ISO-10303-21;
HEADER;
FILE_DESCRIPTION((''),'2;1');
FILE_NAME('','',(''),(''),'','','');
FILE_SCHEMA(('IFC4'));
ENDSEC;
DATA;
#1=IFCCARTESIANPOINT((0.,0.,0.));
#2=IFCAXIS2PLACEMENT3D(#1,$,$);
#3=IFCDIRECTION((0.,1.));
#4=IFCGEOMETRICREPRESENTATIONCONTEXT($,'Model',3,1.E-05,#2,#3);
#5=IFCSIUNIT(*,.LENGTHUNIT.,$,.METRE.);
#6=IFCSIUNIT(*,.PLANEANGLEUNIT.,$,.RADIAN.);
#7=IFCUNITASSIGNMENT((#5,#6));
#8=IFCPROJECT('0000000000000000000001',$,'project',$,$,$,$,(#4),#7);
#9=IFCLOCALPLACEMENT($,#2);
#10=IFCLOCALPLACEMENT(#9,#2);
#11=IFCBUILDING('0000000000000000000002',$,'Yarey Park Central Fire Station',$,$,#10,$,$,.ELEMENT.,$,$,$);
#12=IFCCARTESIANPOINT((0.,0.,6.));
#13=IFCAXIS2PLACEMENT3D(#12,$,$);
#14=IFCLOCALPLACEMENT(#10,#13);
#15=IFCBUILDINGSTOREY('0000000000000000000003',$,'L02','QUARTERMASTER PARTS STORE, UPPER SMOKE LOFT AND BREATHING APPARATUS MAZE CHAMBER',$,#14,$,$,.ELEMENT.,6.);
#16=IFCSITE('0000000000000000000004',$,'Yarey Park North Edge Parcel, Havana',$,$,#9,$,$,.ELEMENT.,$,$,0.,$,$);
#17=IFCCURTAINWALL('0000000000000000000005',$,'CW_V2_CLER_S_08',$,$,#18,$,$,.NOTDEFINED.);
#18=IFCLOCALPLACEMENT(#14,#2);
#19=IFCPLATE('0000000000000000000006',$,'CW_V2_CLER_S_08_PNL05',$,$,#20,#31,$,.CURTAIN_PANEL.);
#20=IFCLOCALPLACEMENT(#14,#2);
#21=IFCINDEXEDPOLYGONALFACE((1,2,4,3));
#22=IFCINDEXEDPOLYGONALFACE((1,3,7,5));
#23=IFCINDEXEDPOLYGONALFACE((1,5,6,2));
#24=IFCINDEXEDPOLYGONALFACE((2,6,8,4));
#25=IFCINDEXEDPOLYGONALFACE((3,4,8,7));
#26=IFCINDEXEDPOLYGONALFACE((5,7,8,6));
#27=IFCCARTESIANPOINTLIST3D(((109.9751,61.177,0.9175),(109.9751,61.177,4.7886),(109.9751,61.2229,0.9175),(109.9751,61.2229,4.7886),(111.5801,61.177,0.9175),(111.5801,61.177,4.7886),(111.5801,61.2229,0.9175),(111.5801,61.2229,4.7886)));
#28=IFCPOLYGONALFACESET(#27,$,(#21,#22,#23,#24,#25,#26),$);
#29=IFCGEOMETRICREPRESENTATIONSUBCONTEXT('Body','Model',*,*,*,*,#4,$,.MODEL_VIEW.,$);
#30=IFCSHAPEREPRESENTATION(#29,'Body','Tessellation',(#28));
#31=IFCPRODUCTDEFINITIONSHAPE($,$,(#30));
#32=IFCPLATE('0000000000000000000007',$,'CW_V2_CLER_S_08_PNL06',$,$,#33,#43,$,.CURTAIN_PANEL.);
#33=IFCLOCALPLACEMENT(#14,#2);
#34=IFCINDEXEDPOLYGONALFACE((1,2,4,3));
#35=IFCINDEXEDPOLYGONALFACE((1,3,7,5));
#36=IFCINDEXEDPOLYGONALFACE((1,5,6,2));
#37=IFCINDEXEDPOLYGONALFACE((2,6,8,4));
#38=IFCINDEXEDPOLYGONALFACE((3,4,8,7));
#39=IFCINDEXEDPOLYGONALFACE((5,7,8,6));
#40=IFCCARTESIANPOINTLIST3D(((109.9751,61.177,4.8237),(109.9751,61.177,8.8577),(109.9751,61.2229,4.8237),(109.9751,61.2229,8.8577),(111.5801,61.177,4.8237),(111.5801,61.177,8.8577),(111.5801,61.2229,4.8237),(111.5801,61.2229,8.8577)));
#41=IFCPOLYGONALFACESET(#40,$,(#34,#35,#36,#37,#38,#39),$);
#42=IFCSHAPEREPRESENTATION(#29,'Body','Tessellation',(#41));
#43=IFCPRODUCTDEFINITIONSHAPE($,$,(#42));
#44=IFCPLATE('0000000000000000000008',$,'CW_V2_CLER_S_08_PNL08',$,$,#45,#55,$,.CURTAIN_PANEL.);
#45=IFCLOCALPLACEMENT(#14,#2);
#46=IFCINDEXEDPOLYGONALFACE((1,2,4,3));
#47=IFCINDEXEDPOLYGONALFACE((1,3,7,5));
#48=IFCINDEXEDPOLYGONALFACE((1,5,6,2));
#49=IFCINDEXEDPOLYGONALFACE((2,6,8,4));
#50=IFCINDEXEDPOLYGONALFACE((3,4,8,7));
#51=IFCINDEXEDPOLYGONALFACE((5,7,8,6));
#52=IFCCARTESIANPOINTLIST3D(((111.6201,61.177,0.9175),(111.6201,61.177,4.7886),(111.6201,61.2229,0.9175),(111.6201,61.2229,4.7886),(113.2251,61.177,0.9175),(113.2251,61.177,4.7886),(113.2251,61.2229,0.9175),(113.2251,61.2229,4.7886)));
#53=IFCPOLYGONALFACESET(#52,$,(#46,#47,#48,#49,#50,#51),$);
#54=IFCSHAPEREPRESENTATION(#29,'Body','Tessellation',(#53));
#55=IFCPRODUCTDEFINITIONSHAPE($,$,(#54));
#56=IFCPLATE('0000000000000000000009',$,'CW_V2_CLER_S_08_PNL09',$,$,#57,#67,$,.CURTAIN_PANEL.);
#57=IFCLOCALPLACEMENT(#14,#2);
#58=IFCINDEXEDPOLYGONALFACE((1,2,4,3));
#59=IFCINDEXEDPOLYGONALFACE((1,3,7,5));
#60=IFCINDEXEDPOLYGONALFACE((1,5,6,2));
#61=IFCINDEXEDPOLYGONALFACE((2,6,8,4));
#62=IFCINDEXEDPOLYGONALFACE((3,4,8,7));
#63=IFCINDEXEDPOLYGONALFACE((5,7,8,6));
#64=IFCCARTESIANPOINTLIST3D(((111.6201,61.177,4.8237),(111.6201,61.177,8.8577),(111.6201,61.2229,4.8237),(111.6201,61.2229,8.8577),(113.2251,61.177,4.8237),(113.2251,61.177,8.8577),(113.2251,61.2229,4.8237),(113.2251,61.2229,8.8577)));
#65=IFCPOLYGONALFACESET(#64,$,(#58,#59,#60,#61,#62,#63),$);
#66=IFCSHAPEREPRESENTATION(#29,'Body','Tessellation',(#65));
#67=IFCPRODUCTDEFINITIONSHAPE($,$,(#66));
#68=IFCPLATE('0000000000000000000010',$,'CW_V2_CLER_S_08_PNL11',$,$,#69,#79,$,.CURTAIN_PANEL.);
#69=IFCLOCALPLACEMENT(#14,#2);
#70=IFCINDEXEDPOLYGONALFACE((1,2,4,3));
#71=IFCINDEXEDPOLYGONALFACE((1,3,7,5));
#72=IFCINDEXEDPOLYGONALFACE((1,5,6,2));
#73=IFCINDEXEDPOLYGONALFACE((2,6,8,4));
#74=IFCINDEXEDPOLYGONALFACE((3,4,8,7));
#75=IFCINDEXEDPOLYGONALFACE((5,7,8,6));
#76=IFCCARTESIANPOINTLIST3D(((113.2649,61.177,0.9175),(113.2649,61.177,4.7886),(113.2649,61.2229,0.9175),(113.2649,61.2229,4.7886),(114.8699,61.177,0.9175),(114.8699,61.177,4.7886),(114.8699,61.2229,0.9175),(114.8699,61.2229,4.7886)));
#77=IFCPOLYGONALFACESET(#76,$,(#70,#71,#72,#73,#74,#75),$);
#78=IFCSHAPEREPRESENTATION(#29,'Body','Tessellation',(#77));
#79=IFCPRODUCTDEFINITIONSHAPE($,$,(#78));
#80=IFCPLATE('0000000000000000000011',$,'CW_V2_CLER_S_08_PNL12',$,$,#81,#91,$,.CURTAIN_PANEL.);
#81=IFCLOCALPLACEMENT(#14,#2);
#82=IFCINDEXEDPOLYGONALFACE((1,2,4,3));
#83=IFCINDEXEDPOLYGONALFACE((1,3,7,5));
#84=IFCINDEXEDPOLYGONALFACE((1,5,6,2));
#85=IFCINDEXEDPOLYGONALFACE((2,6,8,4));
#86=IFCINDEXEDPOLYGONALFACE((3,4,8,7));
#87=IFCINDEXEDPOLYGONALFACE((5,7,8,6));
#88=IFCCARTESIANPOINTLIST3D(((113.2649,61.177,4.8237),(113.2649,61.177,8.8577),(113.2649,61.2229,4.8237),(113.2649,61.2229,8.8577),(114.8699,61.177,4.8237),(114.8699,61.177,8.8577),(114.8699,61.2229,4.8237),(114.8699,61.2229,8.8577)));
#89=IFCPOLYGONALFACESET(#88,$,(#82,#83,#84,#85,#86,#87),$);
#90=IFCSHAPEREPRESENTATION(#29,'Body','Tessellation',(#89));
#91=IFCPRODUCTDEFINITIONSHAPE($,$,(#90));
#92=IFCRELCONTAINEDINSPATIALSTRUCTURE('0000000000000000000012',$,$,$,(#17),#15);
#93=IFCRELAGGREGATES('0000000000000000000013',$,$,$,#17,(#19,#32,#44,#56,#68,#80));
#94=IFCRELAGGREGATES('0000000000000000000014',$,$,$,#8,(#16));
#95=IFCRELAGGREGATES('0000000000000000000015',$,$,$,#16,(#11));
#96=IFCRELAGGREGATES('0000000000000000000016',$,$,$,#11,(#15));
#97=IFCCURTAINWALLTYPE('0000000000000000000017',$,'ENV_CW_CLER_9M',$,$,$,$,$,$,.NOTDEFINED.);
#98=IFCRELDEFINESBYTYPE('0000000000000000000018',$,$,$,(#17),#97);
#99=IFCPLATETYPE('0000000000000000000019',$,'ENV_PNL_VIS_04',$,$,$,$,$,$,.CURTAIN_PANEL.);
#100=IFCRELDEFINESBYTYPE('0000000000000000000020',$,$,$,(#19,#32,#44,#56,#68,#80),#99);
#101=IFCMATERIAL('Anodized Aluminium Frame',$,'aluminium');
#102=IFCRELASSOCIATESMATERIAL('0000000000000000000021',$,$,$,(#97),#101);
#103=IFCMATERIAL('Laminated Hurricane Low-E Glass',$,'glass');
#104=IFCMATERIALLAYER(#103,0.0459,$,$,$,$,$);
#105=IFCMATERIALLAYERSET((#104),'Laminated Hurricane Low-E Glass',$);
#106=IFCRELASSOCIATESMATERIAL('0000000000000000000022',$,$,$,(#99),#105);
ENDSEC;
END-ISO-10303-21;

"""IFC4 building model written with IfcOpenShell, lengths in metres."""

from ifc_helpers import new_model, si_unit, direction, frame, origin, origin_2d, place, context, subcontext, project, spatial, rectangle, extrude, material, layer, layer_set, type_object, element, aggregate, save


model = new_model("IFC4")

# Units and contexts
model_context = context("Model", 3, precision=1e-05, world=origin(), true_north=direction((0.0, 1.0)))
body_context = subcontext(model_context, "Body", "Model", "MODEL_VIEW")
ifc_project = project(units=[si_unit("LENGTHUNIT", "METRE"), si_unit("PLANEANGLEUNIT", "RADIAN")], contexts=[model_context])

# Site, building, storey
site_placement = place(None, origin())
site = spatial("IfcSite", under=ifc_project, at=site_placement, Name="Yarey Park North Edge Parcel, Havana", CompositionType="ELEMENT", RefElevation=0.0)
building_placement = place(site_placement, origin())
building = spatial("IfcBuilding", under=site, at=building_placement, Name="Yarey Park Central Fire Station", CompositionType="ELEMENT")
storey_placement = place(building_placement, frame((0.0, 0.0, 6.0)))
storey = spatial("IfcBuildingStorey", under=building, at=storey_placement, Name="L02", Description="QUARTERMASTER PARTS STORE, UPPER SMOKE LOFT AND BREATHING APPARATUS MAZE CHAMBER", CompositionType="ELEMENT", Elevation=6.0)

# Curtain wall
ifc_material_1 = material(Name="Anodized Aluminium Frame", Category="aluminium")
curtain_wall_type = type_object("IfcCurtainWallType", Name="ENV_CW_CLER_9M", PredefinedType="NOTDEFINED", material=ifc_material_1)
curtain_wall_1_placement = place(storey_placement, origin())
curtain_wall_1 = element("IfcCurtainWall", 1, at=curtain_wall_1_placement, inside=storey, type_object=curtain_wall_type, Name="CW_V2_CLER_S_08", PredefinedType="NOTDEFINED")

# Plates
ifc_material_2 = material(Name="Laminated Hurricane Low-E Glass", Category="glass")
ifc_layer_1 = layer(ifc_material_2, 0.0459)
ifc_layer_set_1 = layer_set([ifc_layer_1], Name="Laminated Hurricane Low-E Glass")
plate_type_1 = type_object("IfcPlateType", Name="ENV_PNL_VIS_04", PredefinedType="CURTAIN_PANEL", material=ifc_layer_set_1)
plate_1_placement = place(storey_placement, frame((110.7776, 61.2, 0.9175), z_axis=(0.0, 0.0, 1.0), x_axis=(1.0, 0.0, 0.0)))
plate_1 = element("IfcPlate", 2, at=plate_1_placement, type_object=plate_type_1, Name="CW_V2_CLER_S_08_PNL05", PredefinedType="CURTAIN_PANEL", context=body_context, shape_type="SweptSolid", body=[
    extrude(rectangle(XDim=1.605, YDim=0.0459, at=origin_2d()), origin(), (0.0, 0.0, 1.0), 3.8711),
])
plate_2_placement = place(storey_placement, frame((110.7776, 61.2, 4.8237), z_axis=(0.0, 0.0, 1.0), x_axis=(1.0, 0.0, 0.0)))
plate_2 = element("IfcPlate", 3, at=plate_2_placement, type_object=plate_type_1, Name="CW_V2_CLER_S_08_PNL06", PredefinedType="CURTAIN_PANEL", context=body_context, shape_type="SweptSolid", body=[
    extrude(rectangle(XDim=1.605, YDim=0.0459, at=origin_2d()), origin(), (0.0, 0.0, 1.0), 4.0339),
])
plate_3_placement = place(storey_placement, frame((112.4226, 61.2, 0.9175), z_axis=(0.0, 0.0, 1.0), x_axis=(1.0, 0.0, 0.0)))
plate_3 = element("IfcPlate", 4, at=plate_3_placement, type_object=plate_type_1, Name="CW_V2_CLER_S_08_PNL08", PredefinedType="CURTAIN_PANEL", context=body_context, shape_type="SweptSolid", body=[
    extrude(rectangle(XDim=1.605, YDim=0.0459, at=origin_2d()), origin(), (0.0, 0.0, 1.0), 3.8711),
])
plate_4_placement = place(storey_placement, frame((112.4226, 61.2, 4.8237), z_axis=(0.0, 0.0, 1.0), x_axis=(1.0, 0.0, 0.0)))
plate_4 = element("IfcPlate", 5, at=plate_4_placement, type_object=plate_type_1, Name="CW_V2_CLER_S_08_PNL09", PredefinedType="CURTAIN_PANEL", context=body_context, shape_type="SweptSolid", body=[
    extrude(rectangle(XDim=1.605, YDim=0.0459, at=origin_2d()), origin(), (0.0, 0.0, 1.0), 4.0339),
])
plate_5_placement = place(storey_placement, frame((114.0674, 61.2, 0.9175), z_axis=(0.0, 0.0, 1.0), x_axis=(1.0, 0.0, 0.0)))
plate_5 = element("IfcPlate", 6, at=plate_5_placement, type_object=plate_type_1, Name="CW_V2_CLER_S_08_PNL11", PredefinedType="CURTAIN_PANEL", context=body_context, shape_type="SweptSolid", body=[
    extrude(rectangle(XDim=1.605, YDim=0.0459, at=origin_2d()), origin(), (0.0, 0.0, 1.0), 3.8711),
])
plate_6_placement = place(storey_placement, frame((114.0674, 61.2, 4.8237), z_axis=(0.0, 0.0, 1.0), x_axis=(1.0, 0.0, 0.0)))
plate_6 = element("IfcPlate", 7, at=plate_6_placement, type_object=plate_type_1, Name="CW_V2_CLER_S_08_PNL12", PredefinedType="CURTAIN_PANEL", context=body_context, shape_type="SweptSolid", body=[
    extrude(rectangle(XDim=1.605, YDim=0.0459, at=origin_2d()), origin(), (0.0, 0.0, 1.0), 4.0339),
])
aggregate(curtain_wall_1, [plate_1, plate_2, plate_3, plate_4, plate_5, plate_6])

save(model, "model.ifc")
